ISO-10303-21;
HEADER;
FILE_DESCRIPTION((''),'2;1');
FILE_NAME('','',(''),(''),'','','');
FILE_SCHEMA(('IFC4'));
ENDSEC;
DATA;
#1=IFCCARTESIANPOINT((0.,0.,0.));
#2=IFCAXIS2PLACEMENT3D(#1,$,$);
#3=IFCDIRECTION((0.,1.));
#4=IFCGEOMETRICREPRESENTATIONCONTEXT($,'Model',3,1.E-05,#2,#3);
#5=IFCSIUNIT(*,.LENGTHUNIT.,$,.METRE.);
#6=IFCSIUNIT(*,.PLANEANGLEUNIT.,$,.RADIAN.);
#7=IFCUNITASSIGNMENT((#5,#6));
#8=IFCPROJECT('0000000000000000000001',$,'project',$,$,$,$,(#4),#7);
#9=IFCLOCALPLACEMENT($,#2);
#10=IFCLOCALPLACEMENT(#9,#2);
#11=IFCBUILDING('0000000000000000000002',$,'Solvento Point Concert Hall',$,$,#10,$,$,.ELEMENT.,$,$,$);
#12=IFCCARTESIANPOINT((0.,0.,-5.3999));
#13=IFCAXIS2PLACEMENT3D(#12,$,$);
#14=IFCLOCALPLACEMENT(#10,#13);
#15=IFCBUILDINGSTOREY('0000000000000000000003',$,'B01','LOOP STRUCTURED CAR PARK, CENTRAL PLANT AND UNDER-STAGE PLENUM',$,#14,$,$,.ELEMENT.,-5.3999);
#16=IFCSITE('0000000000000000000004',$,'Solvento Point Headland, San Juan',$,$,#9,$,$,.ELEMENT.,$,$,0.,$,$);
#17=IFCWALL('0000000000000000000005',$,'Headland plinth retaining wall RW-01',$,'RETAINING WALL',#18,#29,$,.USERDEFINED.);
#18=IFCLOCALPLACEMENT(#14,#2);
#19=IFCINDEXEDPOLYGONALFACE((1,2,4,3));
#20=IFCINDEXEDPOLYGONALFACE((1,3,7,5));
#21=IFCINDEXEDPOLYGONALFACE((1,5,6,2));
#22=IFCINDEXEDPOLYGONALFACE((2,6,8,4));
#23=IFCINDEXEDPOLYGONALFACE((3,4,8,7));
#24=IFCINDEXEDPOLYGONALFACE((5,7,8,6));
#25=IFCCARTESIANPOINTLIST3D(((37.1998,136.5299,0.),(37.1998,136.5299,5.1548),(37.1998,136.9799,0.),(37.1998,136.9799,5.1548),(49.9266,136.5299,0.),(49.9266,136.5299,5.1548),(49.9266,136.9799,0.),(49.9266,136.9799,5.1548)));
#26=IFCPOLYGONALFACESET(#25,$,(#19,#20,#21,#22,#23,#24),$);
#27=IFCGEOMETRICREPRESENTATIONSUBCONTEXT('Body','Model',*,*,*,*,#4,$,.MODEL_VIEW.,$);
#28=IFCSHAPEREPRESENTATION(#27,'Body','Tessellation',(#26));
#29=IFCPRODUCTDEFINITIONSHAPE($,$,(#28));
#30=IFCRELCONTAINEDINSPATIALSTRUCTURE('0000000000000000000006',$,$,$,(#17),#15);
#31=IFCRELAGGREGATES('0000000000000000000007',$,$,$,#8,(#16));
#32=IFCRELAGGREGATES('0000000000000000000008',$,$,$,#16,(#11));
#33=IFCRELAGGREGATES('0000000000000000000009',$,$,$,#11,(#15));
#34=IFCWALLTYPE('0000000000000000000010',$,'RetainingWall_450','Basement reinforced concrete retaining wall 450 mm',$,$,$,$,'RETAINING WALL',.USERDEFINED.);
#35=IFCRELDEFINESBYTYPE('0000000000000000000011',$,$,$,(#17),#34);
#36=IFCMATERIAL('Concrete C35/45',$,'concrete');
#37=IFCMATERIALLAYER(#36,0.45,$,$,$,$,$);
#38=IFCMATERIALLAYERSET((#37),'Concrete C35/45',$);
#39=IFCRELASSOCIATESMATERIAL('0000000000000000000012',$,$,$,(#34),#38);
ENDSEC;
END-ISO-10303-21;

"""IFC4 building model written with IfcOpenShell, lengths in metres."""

from ifc_helpers import new_model, si_unit, direction, frame, frame_2d, origin, place, context, subcontext, project, spatial, rectangle, extrude, material, layer, layer_set, type_object, element, save


model = new_model("IFC4")

# Units and contexts
model_context = context("Model", 3, precision=1e-05, world=origin(), true_north=direction((0.0, 1.0)))
body_context = subcontext(model_context, "Body", "Model", "MODEL_VIEW")
ifc_project = project(units=[si_unit("LENGTHUNIT", "METRE"), si_unit("PLANEANGLEUNIT", "RADIAN")], contexts=[model_context])

# Site, building, storey
site_placement = place(None, origin())
site = spatial("IfcSite", under=ifc_project, at=site_placement, Name="Solvento Point Headland, San Juan", CompositionType="ELEMENT", RefElevation=0.0)
building_placement = place(site_placement, origin())
building = spatial("IfcBuilding", under=site, at=building_placement, Name="Solvento Point Concert Hall", CompositionType="ELEMENT")
storey_placement = place(building_placement, frame((0.0, 0.0, -5.3999)))
storey = spatial("IfcBuildingStorey", under=building, at=storey_placement, Name="B01", Description="LOOP STRUCTURED CAR PARK, CENTRAL PLANT AND UNDER-STAGE PLENUM", CompositionType="ELEMENT", Elevation=-5.3999)

# Wall
ifc_material_1 = material(Name="Concrete C35/45", Category="concrete")
ifc_layer = layer(ifc_material_1, 0.45)
ifc_layer_set = layer_set([ifc_layer], Name="Concrete C35/45")
wall_type = type_object("IfcWallType", Name="RetainingWall_450", Description="Basement reinforced concrete retaining wall 450 mm", ElementType="RETAINING WALL", PredefinedType="USERDEFINED", material=ifc_layer_set)
wall_placement = place(storey_placement, frame((37.2, 136.7549, 0.0), z_axis=(0.0, 0.0, 1.0), x_axis=(1.0, 0.0, 0.0)))
element("IfcWall", 1, at=wall_placement, inside=storey, type_object=wall_type, Name="Headland plinth retaining wall RW-01", ObjectType="RETAINING WALL", PredefinedType="USERDEFINED", context=body_context, shape_type="SweptSolid", body=[
    extrude(rectangle(XDim=12.7268, YDim=0.45, at=frame_2d((6.3633, 0.0))), origin(), (0.0, 0.0, 1.0), 5.1548),
])

save(model, "model.ifc")
